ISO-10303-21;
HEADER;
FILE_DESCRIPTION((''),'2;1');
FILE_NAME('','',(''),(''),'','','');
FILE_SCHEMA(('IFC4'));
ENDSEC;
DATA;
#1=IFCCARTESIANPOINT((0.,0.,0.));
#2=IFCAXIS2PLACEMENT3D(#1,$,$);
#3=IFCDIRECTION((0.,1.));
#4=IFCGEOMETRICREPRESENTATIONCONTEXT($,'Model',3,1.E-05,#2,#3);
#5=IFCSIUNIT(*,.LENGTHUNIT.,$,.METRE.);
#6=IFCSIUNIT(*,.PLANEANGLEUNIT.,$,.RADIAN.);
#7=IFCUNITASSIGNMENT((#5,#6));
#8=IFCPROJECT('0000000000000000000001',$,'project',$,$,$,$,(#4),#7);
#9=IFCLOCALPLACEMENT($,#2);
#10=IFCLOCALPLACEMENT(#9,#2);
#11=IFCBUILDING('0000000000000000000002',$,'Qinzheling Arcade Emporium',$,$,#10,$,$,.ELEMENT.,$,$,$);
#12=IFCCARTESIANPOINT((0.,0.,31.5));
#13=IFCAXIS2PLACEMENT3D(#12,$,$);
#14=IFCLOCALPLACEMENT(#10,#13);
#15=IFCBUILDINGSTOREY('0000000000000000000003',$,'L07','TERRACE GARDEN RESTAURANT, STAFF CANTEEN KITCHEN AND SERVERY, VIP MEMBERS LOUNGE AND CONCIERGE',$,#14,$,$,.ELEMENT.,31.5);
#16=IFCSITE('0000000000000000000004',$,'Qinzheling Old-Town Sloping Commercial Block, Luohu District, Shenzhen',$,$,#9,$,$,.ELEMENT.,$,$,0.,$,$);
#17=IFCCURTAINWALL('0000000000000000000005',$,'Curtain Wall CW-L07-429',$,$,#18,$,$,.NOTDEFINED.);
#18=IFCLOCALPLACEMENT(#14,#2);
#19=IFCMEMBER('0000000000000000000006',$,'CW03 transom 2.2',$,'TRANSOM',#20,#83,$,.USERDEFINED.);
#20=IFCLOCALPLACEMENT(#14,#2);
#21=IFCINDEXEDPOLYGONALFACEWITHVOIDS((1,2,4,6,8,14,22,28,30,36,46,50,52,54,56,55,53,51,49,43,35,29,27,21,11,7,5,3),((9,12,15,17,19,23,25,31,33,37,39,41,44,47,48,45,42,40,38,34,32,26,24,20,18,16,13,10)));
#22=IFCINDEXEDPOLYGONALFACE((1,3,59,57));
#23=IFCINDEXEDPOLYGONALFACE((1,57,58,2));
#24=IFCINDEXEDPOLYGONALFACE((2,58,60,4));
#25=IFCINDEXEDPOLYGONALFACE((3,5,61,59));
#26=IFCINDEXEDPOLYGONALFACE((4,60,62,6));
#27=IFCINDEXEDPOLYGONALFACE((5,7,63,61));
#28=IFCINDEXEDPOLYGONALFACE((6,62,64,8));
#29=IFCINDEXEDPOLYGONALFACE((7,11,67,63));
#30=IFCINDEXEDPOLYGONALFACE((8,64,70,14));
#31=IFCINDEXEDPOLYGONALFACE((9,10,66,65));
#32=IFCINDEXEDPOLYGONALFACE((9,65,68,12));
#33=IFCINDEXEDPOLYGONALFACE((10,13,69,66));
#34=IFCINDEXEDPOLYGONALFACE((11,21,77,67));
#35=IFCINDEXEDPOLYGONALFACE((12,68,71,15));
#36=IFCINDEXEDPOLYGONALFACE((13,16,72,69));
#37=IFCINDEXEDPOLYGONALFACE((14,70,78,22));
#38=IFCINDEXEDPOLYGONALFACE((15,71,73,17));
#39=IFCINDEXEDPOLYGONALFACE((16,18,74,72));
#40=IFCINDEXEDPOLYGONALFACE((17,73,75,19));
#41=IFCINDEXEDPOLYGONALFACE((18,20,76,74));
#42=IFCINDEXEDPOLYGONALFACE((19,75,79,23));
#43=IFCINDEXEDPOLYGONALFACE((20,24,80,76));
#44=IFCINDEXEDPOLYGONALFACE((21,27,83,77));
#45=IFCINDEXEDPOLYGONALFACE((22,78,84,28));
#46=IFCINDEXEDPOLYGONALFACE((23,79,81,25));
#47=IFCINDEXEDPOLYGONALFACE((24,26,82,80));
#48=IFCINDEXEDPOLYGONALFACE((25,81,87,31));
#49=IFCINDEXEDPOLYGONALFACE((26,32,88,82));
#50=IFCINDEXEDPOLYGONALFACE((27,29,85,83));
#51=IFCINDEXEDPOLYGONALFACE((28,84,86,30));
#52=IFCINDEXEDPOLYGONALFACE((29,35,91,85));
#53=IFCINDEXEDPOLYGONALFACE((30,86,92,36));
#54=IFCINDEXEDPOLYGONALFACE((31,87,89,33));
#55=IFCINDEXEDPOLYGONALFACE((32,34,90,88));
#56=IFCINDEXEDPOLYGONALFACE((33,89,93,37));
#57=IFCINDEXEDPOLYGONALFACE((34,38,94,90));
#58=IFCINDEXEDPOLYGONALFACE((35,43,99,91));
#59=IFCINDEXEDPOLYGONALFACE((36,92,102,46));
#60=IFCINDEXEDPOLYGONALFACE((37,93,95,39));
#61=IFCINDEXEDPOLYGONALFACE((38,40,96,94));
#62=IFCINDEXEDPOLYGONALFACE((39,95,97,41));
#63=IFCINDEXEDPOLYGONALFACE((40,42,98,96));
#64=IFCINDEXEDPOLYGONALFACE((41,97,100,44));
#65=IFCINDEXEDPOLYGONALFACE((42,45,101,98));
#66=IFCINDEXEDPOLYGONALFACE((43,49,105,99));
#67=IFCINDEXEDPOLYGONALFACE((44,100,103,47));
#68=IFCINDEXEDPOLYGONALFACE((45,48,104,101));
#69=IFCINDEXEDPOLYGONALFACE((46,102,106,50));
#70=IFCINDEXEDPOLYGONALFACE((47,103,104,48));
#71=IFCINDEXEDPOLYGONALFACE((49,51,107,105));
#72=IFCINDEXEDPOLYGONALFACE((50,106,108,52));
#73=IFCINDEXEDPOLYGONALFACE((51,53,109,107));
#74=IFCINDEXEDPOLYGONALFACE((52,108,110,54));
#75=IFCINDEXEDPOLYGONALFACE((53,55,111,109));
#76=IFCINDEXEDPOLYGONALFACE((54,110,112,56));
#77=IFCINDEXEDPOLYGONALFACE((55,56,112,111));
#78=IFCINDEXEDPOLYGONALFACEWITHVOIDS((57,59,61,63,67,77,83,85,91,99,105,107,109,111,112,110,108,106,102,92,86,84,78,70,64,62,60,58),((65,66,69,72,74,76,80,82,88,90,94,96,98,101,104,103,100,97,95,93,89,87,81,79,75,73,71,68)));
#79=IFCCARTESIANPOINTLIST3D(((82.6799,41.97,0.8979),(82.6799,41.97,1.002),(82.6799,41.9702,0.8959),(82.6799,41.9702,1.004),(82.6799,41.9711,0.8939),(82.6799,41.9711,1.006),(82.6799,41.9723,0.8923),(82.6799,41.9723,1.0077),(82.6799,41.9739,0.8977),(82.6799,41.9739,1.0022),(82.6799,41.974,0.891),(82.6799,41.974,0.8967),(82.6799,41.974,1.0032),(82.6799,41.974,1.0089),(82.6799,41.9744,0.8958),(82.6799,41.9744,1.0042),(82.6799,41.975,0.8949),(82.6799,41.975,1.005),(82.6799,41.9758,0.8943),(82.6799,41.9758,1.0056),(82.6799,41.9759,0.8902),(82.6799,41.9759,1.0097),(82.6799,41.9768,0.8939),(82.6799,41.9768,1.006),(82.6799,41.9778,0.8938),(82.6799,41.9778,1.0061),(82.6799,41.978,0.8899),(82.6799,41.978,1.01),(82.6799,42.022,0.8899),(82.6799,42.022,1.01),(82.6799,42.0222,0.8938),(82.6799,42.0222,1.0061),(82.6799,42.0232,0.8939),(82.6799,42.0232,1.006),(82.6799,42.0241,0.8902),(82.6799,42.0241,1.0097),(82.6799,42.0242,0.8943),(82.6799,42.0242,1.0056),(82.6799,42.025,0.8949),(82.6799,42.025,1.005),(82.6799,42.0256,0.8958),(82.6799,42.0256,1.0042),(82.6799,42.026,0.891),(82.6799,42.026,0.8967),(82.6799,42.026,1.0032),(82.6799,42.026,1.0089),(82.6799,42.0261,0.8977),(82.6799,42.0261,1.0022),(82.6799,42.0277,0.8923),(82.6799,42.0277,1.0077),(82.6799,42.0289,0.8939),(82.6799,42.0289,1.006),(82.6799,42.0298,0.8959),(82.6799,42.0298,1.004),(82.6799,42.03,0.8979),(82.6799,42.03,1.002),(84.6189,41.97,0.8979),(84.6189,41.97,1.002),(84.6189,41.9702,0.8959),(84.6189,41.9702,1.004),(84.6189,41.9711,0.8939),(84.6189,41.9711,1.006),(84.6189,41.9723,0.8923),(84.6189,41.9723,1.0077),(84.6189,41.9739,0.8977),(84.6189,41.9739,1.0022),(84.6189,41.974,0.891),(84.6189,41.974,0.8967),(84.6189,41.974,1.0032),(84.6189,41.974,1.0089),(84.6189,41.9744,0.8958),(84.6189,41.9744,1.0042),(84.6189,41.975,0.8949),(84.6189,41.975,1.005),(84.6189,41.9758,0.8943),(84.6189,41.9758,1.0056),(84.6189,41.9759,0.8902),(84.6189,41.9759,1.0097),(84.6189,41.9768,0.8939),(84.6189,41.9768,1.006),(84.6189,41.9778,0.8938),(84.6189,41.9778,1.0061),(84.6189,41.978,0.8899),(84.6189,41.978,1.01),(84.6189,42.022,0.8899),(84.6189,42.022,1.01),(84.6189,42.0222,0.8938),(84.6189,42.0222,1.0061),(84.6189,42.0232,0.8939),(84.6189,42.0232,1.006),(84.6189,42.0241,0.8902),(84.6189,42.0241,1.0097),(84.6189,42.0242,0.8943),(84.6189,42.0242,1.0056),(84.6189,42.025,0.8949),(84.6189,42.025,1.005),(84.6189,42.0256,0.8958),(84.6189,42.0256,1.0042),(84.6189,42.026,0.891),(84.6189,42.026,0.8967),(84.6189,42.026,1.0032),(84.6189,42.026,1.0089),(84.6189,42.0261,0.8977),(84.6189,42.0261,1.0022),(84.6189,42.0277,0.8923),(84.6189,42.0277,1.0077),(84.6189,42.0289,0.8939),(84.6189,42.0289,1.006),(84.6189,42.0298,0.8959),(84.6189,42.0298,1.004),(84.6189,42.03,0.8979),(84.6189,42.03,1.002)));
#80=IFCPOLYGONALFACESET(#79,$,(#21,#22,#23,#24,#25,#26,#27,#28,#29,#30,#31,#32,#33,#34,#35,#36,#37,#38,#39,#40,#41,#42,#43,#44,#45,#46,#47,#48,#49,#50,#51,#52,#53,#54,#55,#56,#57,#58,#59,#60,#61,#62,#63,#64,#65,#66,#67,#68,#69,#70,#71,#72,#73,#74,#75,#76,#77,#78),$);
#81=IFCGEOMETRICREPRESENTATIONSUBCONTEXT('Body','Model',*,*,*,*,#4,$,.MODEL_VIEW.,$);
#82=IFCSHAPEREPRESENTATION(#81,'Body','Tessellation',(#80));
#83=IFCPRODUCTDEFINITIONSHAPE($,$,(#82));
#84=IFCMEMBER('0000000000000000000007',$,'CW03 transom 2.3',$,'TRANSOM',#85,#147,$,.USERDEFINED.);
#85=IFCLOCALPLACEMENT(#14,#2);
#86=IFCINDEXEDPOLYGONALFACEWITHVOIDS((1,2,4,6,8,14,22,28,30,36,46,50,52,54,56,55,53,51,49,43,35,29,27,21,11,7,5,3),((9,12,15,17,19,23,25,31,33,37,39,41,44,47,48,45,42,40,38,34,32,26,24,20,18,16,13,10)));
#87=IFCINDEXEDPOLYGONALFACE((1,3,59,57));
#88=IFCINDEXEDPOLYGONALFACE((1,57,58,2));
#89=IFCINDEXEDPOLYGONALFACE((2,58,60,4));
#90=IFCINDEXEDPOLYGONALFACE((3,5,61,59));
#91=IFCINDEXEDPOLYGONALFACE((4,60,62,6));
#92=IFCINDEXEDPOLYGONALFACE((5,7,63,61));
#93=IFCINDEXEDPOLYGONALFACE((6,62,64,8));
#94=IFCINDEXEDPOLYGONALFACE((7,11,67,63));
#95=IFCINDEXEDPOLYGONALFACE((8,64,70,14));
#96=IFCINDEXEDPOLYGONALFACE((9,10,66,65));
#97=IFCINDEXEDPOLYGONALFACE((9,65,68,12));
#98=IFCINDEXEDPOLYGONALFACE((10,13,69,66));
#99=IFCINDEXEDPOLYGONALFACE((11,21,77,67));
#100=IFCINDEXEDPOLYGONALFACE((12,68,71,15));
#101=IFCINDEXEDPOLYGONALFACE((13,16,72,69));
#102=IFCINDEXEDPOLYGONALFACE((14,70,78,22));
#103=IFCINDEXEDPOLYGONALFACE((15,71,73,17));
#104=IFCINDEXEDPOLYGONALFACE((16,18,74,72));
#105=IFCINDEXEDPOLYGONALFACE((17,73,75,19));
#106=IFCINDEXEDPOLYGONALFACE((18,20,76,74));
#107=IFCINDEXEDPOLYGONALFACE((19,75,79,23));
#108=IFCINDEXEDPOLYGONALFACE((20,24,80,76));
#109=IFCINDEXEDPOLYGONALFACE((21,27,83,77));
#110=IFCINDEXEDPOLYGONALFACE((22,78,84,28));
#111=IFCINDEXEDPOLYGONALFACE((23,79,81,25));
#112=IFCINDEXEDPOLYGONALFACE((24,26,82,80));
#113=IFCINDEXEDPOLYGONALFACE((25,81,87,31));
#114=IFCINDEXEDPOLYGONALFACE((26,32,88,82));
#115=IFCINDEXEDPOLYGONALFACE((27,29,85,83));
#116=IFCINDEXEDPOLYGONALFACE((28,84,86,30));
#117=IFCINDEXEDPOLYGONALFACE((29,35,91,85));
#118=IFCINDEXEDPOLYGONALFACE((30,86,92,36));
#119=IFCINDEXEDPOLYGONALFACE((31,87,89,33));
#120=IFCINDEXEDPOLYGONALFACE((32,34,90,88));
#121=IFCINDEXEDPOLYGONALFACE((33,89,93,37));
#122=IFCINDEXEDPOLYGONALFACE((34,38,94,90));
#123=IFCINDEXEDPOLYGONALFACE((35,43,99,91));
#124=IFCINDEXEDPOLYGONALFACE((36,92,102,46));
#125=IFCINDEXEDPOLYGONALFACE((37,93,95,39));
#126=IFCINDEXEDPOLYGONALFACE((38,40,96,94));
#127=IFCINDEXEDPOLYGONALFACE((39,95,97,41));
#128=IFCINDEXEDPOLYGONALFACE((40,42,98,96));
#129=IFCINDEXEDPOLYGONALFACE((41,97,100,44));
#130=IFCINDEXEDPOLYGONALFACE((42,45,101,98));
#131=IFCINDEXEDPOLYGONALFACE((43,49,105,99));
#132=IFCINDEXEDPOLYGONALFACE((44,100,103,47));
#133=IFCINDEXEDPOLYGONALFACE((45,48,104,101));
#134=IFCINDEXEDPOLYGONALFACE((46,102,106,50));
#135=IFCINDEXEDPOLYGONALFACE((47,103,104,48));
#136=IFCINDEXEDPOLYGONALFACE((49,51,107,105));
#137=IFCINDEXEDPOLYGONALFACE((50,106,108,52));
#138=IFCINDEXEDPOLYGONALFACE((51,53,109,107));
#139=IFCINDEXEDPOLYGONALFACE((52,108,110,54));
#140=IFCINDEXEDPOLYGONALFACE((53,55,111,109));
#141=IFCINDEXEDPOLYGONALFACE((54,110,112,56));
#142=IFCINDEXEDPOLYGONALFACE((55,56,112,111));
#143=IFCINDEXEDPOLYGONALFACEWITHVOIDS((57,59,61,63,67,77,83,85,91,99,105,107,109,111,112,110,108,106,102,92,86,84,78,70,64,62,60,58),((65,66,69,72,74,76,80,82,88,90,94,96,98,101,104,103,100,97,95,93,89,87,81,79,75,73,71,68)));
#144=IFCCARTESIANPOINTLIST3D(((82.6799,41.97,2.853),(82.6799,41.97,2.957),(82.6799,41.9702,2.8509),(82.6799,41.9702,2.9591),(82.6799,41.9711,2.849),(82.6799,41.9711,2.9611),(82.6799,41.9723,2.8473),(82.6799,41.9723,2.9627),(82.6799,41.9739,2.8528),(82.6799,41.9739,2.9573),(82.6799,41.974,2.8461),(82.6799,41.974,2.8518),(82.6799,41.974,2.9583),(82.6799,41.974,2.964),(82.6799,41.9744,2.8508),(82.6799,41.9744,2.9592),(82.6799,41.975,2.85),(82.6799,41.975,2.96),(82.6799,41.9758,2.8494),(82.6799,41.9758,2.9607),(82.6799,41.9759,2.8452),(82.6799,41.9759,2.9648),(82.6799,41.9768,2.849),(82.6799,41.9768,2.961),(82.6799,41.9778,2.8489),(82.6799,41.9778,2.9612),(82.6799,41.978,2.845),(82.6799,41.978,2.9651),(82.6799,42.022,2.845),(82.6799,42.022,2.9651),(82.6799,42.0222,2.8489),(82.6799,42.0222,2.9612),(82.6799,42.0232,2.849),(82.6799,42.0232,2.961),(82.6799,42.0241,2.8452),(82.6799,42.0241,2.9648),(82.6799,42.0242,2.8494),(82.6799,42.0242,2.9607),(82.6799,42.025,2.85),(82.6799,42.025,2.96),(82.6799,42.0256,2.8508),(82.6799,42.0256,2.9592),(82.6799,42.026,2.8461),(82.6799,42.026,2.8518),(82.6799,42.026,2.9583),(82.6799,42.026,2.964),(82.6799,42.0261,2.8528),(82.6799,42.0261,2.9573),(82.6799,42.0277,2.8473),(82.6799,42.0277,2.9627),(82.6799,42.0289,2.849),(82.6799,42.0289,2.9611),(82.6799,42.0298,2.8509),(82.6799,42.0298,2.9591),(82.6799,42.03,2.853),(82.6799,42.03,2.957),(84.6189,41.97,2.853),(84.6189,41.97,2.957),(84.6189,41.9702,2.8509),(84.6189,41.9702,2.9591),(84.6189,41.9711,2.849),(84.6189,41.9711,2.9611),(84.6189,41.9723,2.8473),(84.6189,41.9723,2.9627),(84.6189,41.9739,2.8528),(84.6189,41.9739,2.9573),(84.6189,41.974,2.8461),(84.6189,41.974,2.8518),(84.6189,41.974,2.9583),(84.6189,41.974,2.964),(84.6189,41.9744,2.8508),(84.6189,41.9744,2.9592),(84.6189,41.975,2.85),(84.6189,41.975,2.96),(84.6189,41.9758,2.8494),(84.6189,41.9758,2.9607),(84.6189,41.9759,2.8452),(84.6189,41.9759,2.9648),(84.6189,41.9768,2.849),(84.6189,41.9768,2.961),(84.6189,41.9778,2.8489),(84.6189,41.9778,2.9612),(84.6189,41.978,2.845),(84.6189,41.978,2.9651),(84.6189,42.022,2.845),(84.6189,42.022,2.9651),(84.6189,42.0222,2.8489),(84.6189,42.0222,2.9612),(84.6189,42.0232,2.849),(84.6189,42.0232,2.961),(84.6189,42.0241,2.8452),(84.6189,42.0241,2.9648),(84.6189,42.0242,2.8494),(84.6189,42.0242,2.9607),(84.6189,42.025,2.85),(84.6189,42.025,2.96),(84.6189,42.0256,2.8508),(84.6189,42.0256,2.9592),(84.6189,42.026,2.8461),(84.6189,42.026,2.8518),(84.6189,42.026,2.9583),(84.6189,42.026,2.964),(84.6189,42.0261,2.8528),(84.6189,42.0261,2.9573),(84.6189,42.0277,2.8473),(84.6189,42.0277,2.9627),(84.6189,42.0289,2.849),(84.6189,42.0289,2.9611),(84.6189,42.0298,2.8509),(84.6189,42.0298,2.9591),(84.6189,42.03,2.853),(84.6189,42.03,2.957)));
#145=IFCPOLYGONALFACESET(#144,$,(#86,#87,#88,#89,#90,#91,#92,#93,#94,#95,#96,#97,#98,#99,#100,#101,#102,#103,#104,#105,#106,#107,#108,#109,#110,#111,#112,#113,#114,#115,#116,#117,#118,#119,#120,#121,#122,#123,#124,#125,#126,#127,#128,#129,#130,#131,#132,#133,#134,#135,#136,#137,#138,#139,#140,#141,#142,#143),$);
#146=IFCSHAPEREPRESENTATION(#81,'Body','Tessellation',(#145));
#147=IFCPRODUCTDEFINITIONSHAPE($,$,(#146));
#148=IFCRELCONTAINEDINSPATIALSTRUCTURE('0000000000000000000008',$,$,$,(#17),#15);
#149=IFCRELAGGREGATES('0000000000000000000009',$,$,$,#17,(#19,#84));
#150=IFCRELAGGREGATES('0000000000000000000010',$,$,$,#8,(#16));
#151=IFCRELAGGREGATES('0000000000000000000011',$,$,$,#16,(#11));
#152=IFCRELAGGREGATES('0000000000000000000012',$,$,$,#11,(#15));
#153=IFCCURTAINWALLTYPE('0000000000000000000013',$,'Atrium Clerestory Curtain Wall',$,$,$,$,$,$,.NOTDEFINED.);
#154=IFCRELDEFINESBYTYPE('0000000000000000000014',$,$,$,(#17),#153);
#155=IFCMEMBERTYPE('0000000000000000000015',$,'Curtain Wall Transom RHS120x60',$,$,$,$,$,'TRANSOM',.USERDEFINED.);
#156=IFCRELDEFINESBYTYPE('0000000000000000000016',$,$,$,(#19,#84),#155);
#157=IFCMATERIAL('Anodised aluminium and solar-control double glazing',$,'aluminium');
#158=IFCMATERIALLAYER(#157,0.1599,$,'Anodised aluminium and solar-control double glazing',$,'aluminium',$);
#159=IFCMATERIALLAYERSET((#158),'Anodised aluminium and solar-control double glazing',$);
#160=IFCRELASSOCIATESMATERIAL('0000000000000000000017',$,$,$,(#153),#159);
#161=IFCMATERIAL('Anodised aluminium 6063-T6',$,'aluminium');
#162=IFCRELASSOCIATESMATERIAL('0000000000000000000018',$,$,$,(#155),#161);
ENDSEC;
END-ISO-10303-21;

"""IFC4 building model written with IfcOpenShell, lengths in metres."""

from ifc_helpers import new_model, si_unit, direction, frame, origin, origin_2d, place, context, subcontext, project, spatial, hollow_rectangle, extrude, material, layer, layer_set, material_profile, profile_set, type_object, element, aggregate, save


model = new_model("IFC4")

# Units and contexts
model_context = context("Model", 3, precision=1e-05, world=origin(), true_north=direction((0.0, 1.0)))
body_context = subcontext(model_context, "Body", "Model", "MODEL_VIEW")
ifc_project = project(units=[si_unit("LENGTHUNIT", "METRE"), si_unit("PLANEANGLEUNIT", "RADIAN")], contexts=[model_context])

# Site, building, storey
site_placement = place(None, origin())
site = spatial("IfcSite", under=ifc_project, at=site_placement, Name="Qinzheling Old-Town Sloping Commercial Block, Luohu District, Shenzhen", CompositionType="ELEMENT", RefElevation=0.0)
building_placement = place(site_placement, origin())
building = spatial("IfcBuilding", under=site, at=building_placement, Name="Qinzheling Arcade Emporium", CompositionType="ELEMENT")
storey_placement = place(building_placement, frame((0.0, 0.0, 31.5)))
storey = spatial("IfcBuildingStorey", under=building, at=storey_placement, Name="L07", Description="TERRACE GARDEN RESTAURANT, STAFF CANTEEN KITCHEN AND SERVERY, VIP MEMBERS LOUNGE AND CONCIERGE", CompositionType="ELEMENT", Elevation=31.5)

# Curtain wall, members
ifc_material_1 = material(Name="Anodised aluminium and solar-control double glazing", Category="aluminium")
ifc_layer_1 = layer(ifc_material_1, 0.1599, Name="Anodised aluminium and solar-control double glazing", Category="aluminium")
ifc_layer_set_1 = layer_set([ifc_layer_1], Name="Anodised aluminium and solar-control double glazing")
curtain_wall_type = type_object("IfcCurtainWallType", Name="Atrium Clerestory Curtain Wall", PredefinedType="NOTDEFINED", material=ifc_layer_set_1)
curtain_wall_placement = place(storey_placement, origin())
curtain_wall = element("IfcCurtainWall", 1, at=curtain_wall_placement, inside=storey, type_object=curtain_wall_type, Name="Curtain Wall CW-L07-429", PredefinedType="NOTDEFINED")
ifc_material_2 = material(Name="Anodised aluminium 6063-T6", Category="aluminium")
ifc_material_profile_1 = material_profile(ifc_material_2, hollow_rectangle(XDim=0.0601, YDim=0.1201, WallThickness=0.0039, InnerFilletRadius=0.0039, OuterFilletRadius=0.0081, at=origin_2d()), Name="RHS 120x60x4", Category="aluminium")
ifc_profile_set_1 = profile_set([ifc_material_profile_1], Name="Anodised aluminium 6063-T6")
member_type_1 = type_object("IfcMemberType", Name="Curtain Wall Transom RHS120x60", ElementType="TRANSOM", PredefinedType="USERDEFINED", material=ifc_profile_set_1)
member_1_placement = place(storey_placement, frame((84.6189, 42.0, 0.95), z_axis=(-1.0, 0.0, 0.0), x_axis=(0.0, -1.0, 0.0)))
member_1 = element("IfcMember", 2, at=member_1_placement, type_object=member_type_1, Name="CW03 transom 2.2", ObjectType="TRANSOM", PredefinedType="USERDEFINED", context=body_context, shape_type="SweptSolid", body=[
    extrude(hollow_rectangle(XDim=0.0601, YDim=0.1201, WallThickness=0.0039, InnerFilletRadius=0.0039, OuterFilletRadius=0.0081, at=origin_2d()), origin(), (0.0, 0.0, 1.0), 1.939),
])
member_2_placement = place(storey_placement, frame((84.6189, 42.0, 2.905), z_axis=(-1.0, 0.0, 0.0), x_axis=(0.0, -1.0, 0.0)))
member_2 = element("IfcMember", 3, at=member_2_placement, type_object=member_type_1, Name="CW03 transom 2.3", ObjectType="TRANSOM", PredefinedType="USERDEFINED", context=body_context, shape_type="SweptSolid", body=[
    extrude(hollow_rectangle(XDim=0.0601, YDim=0.1201, WallThickness=0.0039, InnerFilletRadius=0.0039, OuterFilletRadius=0.0081, at=origin_2d()), origin(), (0.0, 0.0, 1.0), 1.939),
])
aggregate(curtain_wall, [member_1, member_2])

save(model, "model.ifc")
